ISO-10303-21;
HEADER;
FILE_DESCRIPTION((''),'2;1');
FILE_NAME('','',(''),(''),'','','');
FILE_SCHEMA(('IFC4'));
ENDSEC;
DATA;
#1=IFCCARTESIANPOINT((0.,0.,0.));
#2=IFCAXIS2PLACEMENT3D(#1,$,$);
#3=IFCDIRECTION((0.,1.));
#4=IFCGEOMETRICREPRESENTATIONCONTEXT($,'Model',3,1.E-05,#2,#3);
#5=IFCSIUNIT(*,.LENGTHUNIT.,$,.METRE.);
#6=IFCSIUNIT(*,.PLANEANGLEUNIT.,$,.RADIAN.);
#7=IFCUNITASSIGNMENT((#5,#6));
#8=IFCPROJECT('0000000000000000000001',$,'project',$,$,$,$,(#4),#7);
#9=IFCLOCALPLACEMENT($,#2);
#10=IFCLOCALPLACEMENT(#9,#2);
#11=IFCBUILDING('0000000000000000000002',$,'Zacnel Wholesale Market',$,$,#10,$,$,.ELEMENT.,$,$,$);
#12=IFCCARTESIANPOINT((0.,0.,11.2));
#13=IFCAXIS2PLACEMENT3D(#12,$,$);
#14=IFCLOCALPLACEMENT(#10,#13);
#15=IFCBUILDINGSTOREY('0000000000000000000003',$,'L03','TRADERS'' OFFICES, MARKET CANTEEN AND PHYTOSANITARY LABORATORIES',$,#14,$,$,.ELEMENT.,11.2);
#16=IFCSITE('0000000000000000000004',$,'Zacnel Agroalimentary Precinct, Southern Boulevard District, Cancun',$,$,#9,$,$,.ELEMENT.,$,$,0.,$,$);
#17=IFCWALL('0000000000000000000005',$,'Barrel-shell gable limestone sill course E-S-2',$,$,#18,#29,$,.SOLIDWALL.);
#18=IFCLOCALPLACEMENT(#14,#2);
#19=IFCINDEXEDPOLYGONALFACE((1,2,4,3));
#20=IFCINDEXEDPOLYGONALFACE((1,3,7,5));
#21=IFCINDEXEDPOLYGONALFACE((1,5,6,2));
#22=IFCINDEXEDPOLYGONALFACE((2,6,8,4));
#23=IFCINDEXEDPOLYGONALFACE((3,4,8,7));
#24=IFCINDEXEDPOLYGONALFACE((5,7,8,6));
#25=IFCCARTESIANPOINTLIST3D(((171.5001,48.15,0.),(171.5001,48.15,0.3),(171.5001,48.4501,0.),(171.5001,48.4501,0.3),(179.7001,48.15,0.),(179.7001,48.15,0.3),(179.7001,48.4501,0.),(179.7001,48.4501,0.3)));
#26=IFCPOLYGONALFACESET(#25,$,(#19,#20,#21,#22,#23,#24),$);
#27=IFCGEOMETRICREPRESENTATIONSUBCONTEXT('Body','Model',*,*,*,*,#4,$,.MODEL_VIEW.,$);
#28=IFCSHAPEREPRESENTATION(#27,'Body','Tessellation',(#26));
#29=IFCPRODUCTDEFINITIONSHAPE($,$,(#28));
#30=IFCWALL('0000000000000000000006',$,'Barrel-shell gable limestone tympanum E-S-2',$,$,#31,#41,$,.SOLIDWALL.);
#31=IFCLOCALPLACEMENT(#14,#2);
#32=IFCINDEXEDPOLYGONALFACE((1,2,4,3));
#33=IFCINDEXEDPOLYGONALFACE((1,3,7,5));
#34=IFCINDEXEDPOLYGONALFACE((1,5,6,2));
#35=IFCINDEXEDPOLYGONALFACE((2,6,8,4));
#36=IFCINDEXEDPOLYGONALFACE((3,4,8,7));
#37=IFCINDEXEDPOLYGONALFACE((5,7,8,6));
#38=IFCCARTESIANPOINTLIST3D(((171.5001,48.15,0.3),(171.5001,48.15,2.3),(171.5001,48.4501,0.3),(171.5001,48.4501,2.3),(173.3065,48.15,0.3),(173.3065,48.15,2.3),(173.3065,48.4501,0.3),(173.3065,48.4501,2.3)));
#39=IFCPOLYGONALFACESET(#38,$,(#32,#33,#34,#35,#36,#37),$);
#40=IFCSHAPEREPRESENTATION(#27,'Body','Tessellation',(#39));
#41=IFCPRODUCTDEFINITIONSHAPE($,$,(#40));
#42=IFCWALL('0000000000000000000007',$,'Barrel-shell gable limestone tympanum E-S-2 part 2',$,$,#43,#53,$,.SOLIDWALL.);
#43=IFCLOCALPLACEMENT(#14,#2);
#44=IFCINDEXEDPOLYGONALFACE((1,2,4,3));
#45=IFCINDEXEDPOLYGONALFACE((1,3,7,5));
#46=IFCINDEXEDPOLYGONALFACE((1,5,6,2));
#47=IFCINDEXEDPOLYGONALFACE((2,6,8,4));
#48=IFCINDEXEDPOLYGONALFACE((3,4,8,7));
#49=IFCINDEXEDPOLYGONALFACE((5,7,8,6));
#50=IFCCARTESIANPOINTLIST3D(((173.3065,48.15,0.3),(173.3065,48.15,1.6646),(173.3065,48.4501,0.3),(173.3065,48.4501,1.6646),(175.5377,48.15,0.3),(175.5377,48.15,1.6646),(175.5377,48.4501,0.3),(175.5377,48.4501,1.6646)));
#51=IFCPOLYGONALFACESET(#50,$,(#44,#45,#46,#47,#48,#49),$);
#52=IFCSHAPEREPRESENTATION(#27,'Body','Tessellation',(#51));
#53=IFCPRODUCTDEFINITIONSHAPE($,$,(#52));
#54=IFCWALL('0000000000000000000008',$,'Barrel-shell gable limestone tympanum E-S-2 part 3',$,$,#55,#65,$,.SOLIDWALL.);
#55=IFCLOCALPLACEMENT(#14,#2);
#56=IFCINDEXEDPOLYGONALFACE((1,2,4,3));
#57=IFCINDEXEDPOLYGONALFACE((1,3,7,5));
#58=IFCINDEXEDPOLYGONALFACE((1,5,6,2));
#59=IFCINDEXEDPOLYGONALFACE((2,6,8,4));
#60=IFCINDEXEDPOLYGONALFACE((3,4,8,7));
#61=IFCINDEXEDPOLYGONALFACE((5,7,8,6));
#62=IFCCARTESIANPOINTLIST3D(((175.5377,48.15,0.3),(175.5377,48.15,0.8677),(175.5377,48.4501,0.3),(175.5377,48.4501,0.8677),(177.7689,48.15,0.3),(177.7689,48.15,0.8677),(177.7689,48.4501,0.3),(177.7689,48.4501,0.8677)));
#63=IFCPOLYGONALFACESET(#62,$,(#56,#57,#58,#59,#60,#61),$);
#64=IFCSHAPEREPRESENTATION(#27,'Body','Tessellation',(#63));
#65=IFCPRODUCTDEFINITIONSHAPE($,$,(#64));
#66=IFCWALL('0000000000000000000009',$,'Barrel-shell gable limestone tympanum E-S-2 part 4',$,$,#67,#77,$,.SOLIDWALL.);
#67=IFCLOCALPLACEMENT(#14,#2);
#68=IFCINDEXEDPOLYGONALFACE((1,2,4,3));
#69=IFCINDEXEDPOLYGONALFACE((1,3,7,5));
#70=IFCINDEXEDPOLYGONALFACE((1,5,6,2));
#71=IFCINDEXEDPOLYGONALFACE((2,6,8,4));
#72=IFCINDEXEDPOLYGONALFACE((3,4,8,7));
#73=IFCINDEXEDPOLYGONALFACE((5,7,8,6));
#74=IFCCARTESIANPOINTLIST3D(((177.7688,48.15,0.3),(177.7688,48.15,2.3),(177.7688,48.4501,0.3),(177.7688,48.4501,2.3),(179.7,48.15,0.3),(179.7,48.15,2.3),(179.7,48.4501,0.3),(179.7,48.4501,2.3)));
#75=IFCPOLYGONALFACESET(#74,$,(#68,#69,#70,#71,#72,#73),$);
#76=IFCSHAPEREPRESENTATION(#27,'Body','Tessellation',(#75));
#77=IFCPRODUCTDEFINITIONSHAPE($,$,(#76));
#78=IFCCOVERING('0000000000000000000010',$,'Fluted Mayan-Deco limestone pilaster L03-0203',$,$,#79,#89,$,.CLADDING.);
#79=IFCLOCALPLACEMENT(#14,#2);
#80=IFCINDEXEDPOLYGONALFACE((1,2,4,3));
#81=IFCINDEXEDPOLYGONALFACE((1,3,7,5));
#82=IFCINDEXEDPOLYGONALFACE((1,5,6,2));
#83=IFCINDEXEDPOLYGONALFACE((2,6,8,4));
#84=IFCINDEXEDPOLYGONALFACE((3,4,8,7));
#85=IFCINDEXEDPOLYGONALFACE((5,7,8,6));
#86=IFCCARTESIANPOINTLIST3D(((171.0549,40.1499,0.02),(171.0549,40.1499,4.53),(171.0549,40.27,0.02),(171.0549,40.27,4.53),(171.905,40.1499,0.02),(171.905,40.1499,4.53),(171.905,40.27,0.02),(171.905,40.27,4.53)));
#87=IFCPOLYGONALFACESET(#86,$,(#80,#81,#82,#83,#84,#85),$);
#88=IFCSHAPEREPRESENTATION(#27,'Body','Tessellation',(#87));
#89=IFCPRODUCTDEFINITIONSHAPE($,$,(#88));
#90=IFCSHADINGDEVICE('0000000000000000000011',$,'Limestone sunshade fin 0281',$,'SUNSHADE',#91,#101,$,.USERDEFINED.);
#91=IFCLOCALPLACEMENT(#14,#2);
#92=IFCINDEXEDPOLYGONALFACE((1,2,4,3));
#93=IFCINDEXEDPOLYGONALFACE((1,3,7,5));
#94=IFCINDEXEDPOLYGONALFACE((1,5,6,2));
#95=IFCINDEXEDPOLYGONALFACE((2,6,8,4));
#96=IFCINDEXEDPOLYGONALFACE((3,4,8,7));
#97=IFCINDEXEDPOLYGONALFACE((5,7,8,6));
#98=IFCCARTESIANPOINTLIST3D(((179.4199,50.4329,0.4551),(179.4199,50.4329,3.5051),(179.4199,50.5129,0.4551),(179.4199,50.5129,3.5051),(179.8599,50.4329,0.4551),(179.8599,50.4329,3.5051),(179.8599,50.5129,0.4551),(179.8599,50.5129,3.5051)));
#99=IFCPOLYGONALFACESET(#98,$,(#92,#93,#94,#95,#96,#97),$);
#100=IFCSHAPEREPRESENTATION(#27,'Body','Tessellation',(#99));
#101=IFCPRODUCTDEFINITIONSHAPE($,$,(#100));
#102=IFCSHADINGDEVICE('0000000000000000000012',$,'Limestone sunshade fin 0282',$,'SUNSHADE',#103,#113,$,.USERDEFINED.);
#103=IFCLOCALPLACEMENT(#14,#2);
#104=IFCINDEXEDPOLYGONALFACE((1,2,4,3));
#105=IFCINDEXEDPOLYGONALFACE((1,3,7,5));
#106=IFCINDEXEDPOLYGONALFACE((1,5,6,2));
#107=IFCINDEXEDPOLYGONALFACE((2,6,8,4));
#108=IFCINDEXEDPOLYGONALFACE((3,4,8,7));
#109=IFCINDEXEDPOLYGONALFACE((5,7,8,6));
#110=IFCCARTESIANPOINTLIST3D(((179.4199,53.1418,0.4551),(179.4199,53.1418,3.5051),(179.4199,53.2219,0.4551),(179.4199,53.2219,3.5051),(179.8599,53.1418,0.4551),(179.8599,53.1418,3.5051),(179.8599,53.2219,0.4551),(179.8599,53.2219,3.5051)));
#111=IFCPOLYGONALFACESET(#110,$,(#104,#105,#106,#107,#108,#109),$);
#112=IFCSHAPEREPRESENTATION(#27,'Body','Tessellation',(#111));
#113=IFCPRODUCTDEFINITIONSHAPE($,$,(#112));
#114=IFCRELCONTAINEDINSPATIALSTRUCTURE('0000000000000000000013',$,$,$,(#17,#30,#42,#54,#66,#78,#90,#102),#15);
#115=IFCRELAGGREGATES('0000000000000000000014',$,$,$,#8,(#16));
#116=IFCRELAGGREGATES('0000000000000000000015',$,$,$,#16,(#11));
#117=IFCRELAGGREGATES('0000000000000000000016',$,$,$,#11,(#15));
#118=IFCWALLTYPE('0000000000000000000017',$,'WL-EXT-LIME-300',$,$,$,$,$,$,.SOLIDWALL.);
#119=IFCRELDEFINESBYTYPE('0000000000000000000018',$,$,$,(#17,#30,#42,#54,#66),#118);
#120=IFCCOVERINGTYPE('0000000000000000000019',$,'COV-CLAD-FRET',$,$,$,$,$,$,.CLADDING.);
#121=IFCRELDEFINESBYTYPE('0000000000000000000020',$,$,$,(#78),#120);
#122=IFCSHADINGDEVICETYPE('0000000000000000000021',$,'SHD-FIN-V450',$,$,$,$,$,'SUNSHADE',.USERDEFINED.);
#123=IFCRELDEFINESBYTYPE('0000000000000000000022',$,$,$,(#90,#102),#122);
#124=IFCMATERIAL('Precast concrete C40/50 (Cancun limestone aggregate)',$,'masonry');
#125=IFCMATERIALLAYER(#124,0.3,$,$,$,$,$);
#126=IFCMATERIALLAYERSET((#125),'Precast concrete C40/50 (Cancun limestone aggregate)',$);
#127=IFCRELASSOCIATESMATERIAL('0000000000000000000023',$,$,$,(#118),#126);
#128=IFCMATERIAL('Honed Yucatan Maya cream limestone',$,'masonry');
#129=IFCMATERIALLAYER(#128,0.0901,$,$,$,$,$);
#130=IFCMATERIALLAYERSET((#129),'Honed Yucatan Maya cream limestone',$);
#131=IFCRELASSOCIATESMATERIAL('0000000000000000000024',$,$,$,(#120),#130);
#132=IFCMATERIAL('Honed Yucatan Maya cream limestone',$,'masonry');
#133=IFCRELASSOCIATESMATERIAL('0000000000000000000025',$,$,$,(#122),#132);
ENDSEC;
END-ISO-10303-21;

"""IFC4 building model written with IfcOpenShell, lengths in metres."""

from ifc_helpers import new_model, si_unit, direction, frame, frame_2d, origin, origin_2d, place, context, subcontext, project, spatial, rectangle, extrude, material, layer, layer_set, type_object, element, save


model = new_model("IFC4")

# Units and contexts
model_context = context("Model", 3, precision=1e-05, world=origin(), true_north=direction((0.0, 1.0)))
body_context = subcontext(model_context, "Body", "Model", "MODEL_VIEW")
ifc_project = project(units=[si_unit("LENGTHUNIT", "METRE"), si_unit("PLANEANGLEUNIT", "RADIAN")], contexts=[model_context])

# Site, building, storey
site_placement = place(None, origin())
site = spatial("IfcSite", under=ifc_project, at=site_placement, Name="Zacnel Agroalimentary Precinct, Southern Boulevard District, Cancun", CompositionType="ELEMENT", RefElevation=0.0)
building_placement = place(site_placement, origin())
building = spatial("IfcBuilding", under=site, at=building_placement, Name="Zacnel Wholesale Market", CompositionType="ELEMENT")
storey_placement = place(building_placement, frame((0.0, 0.0, 11.2)))
storey = spatial("IfcBuildingStorey", under=building, at=storey_placement, Name="L03", Description="TRADERS' OFFICES, MARKET CANTEEN AND PHYTOSANITARY LABORATORIES", CompositionType="ELEMENT", Elevation=11.2)

# Shared definitions
ifc_material_1 = material(Name="Precast concrete C40/50 (Cancun limestone aggregate)", Category="masonry")
ifc_layer_1 = layer(ifc_material_1, 0.3)
ifc_layer_set_1 = layer_set([ifc_layer_1], Name="Precast concrete C40/50 (Cancun limestone aggregate)")
wall_type = type_object("IfcWallType", Name="WL-EXT-LIME-300", PredefinedType="SOLIDWALL", material=ifc_layer_set_1)

# Walls
wall_1_placement = place(storey_placement, frame((171.5, 48.3, 0.0), z_axis=(0.0, 0.0, 1.0), x_axis=(1.0, 0.0, 0.0)))
element("IfcWall", 1, at=wall_1_placement, inside=storey, type_object=wall_type, Name="Barrel-shell gable limestone sill course E-S-2", PredefinedType="SOLIDWALL", context=body_context, shape_type="SweptSolid", body=[
    extrude(rectangle(XDim=8.2, YDim=0.3, at=frame_2d((4.1001, 0.0))), origin(), (0.0, 0.0, 1.0), 0.3),
])
wall_2_placement = place(storey_placement, frame((171.5, 48.3, 0.3), z_axis=(0.0, 0.0, 1.0), x_axis=(1.0, 0.0, 0.0)))
element("IfcWall", 2, at=wall_2_placement, inside=storey, type_object=wall_type, Name="Barrel-shell gable limestone tympanum E-S-2", PredefinedType="SOLIDWALL", context=body_context, shape_type="SweptSolid", body=[
    extrude(rectangle(XDim=1.8064, YDim=0.3, at=frame_2d((0.9033, 0.0))), origin(), (0.0, 0.0, 1.0), 2.0),
])
wall_3_placement = place(storey_placement, frame((173.3064, 48.3, 0.3), z_axis=(0.0, 0.0, 1.0), x_axis=(1.0, 0.0, 0.0)))
element("IfcWall", 3, at=wall_3_placement, inside=storey, type_object=wall_type, Name="Barrel-shell gable limestone tympanum E-S-2 part 2", PredefinedType="SOLIDWALL", context=body_context, shape_type="SweptSolid", body=[
    extrude(rectangle(XDim=2.2312, YDim=0.3, at=frame_2d((1.1157, 0.0))), origin(), (0.0, 0.0, 1.0), 1.3645),
])
wall_4_placement = place(storey_placement, frame((175.5376, 48.3, 0.3), z_axis=(0.0, 0.0, 1.0), x_axis=(1.0, 0.0, 0.0)))
element("IfcWall", 4, at=wall_4_placement, inside=storey, type_object=wall_type, Name="Barrel-shell gable limestone tympanum E-S-2 part 3", PredefinedType="SOLIDWALL", context=body_context, shape_type="SweptSolid", body=[
    extrude(rectangle(XDim=2.2312, YDim=0.3, at=frame_2d((1.1157, 0.0))), origin(), (0.0, 0.0, 1.0), 0.5676),
])
wall_5_placement = place(storey_placement, frame((177.7688, 48.3, 0.3), z_axis=(0.0, 0.0, 1.0), x_axis=(1.0, 0.0, 0.0)))
element("IfcWall", 5, at=wall_5_placement, inside=storey, type_object=wall_type, Name="Barrel-shell gable limestone tympanum E-S-2 part 4", PredefinedType="SOLIDWALL", context=body_context, shape_type="SweptSolid", body=[
    extrude(rectangle(XDim=1.9312, YDim=0.3, at=frame_2d((0.9656, 0.0))), origin(), (0.0, 0.0, 1.0), 2.0),
])

# Covering
ifc_material_2 = material(Name="Honed Yucatan Maya cream limestone", Category="masonry")
ifc_layer_2 = layer(ifc_material_2, 0.0901)
ifc_layer_set_2 = layer_set([ifc_layer_2], Name="Honed Yucatan Maya cream limestone")
covering_type = type_object("IfcCoveringType", Name="COV-CLAD-FRET", PredefinedType="CLADDING", material=ifc_layer_set_2)
covering_placement = place(storey_placement, frame((171.48, 40.21, 0.02), z_axis=(0.0, 0.0, 1.0), x_axis=(1.0, 0.0, 0.0)))
element("IfcCovering", 6, at=covering_placement, inside=storey, type_object=covering_type, Name="Fluted Mayan-Deco limestone pilaster L03-0203", PredefinedType="CLADDING", context=body_context, shape_type="SweptSolid", body=[
    extrude(rectangle(XDim=0.8501, YDim=0.1201, at=origin_2d()), origin(), (0.0, 0.0, 1.0), 4.51),
])

# Shading devices
ifc_material_3 = material(Name="Honed Yucatan Maya cream limestone", Category="masonry")
shading_device_type = type_object("IfcShadingDeviceType", Name="SHD-FIN-V450", ElementType="SUNSHADE", PredefinedType="USERDEFINED", material=ifc_material_3)
for number, where, z_axis, x_axis, name in (
    (7, (179.6399, 50.4729, 0.4551), (0.0, 0.0, 1.0), (0.0, 1.0, 0.0), "Limestone sunshade fin 0281"),
    (8, (179.6399, 53.1819, 0.4551), (0.0, 0.0, 1.0), (0.0, 1.0, 0.0), "Limestone sunshade fin 0282"),
):
    element("IfcShadingDevice", number, at=place(storey_placement, frame(where, z_axis=z_axis, x_axis=x_axis)), inside=storey, type_object=shading_device_type, Name=name, ObjectType="SUNSHADE", PredefinedType="USERDEFINED", context=body_context, shape_type="SweptSolid", body=[
        extrude(rectangle(XDim=0.0801, YDim=0.4399, at=origin_2d()), origin(), (0.0, 0.0, 1.0), 3.05),
    ])

save(model, "model.ifc")
